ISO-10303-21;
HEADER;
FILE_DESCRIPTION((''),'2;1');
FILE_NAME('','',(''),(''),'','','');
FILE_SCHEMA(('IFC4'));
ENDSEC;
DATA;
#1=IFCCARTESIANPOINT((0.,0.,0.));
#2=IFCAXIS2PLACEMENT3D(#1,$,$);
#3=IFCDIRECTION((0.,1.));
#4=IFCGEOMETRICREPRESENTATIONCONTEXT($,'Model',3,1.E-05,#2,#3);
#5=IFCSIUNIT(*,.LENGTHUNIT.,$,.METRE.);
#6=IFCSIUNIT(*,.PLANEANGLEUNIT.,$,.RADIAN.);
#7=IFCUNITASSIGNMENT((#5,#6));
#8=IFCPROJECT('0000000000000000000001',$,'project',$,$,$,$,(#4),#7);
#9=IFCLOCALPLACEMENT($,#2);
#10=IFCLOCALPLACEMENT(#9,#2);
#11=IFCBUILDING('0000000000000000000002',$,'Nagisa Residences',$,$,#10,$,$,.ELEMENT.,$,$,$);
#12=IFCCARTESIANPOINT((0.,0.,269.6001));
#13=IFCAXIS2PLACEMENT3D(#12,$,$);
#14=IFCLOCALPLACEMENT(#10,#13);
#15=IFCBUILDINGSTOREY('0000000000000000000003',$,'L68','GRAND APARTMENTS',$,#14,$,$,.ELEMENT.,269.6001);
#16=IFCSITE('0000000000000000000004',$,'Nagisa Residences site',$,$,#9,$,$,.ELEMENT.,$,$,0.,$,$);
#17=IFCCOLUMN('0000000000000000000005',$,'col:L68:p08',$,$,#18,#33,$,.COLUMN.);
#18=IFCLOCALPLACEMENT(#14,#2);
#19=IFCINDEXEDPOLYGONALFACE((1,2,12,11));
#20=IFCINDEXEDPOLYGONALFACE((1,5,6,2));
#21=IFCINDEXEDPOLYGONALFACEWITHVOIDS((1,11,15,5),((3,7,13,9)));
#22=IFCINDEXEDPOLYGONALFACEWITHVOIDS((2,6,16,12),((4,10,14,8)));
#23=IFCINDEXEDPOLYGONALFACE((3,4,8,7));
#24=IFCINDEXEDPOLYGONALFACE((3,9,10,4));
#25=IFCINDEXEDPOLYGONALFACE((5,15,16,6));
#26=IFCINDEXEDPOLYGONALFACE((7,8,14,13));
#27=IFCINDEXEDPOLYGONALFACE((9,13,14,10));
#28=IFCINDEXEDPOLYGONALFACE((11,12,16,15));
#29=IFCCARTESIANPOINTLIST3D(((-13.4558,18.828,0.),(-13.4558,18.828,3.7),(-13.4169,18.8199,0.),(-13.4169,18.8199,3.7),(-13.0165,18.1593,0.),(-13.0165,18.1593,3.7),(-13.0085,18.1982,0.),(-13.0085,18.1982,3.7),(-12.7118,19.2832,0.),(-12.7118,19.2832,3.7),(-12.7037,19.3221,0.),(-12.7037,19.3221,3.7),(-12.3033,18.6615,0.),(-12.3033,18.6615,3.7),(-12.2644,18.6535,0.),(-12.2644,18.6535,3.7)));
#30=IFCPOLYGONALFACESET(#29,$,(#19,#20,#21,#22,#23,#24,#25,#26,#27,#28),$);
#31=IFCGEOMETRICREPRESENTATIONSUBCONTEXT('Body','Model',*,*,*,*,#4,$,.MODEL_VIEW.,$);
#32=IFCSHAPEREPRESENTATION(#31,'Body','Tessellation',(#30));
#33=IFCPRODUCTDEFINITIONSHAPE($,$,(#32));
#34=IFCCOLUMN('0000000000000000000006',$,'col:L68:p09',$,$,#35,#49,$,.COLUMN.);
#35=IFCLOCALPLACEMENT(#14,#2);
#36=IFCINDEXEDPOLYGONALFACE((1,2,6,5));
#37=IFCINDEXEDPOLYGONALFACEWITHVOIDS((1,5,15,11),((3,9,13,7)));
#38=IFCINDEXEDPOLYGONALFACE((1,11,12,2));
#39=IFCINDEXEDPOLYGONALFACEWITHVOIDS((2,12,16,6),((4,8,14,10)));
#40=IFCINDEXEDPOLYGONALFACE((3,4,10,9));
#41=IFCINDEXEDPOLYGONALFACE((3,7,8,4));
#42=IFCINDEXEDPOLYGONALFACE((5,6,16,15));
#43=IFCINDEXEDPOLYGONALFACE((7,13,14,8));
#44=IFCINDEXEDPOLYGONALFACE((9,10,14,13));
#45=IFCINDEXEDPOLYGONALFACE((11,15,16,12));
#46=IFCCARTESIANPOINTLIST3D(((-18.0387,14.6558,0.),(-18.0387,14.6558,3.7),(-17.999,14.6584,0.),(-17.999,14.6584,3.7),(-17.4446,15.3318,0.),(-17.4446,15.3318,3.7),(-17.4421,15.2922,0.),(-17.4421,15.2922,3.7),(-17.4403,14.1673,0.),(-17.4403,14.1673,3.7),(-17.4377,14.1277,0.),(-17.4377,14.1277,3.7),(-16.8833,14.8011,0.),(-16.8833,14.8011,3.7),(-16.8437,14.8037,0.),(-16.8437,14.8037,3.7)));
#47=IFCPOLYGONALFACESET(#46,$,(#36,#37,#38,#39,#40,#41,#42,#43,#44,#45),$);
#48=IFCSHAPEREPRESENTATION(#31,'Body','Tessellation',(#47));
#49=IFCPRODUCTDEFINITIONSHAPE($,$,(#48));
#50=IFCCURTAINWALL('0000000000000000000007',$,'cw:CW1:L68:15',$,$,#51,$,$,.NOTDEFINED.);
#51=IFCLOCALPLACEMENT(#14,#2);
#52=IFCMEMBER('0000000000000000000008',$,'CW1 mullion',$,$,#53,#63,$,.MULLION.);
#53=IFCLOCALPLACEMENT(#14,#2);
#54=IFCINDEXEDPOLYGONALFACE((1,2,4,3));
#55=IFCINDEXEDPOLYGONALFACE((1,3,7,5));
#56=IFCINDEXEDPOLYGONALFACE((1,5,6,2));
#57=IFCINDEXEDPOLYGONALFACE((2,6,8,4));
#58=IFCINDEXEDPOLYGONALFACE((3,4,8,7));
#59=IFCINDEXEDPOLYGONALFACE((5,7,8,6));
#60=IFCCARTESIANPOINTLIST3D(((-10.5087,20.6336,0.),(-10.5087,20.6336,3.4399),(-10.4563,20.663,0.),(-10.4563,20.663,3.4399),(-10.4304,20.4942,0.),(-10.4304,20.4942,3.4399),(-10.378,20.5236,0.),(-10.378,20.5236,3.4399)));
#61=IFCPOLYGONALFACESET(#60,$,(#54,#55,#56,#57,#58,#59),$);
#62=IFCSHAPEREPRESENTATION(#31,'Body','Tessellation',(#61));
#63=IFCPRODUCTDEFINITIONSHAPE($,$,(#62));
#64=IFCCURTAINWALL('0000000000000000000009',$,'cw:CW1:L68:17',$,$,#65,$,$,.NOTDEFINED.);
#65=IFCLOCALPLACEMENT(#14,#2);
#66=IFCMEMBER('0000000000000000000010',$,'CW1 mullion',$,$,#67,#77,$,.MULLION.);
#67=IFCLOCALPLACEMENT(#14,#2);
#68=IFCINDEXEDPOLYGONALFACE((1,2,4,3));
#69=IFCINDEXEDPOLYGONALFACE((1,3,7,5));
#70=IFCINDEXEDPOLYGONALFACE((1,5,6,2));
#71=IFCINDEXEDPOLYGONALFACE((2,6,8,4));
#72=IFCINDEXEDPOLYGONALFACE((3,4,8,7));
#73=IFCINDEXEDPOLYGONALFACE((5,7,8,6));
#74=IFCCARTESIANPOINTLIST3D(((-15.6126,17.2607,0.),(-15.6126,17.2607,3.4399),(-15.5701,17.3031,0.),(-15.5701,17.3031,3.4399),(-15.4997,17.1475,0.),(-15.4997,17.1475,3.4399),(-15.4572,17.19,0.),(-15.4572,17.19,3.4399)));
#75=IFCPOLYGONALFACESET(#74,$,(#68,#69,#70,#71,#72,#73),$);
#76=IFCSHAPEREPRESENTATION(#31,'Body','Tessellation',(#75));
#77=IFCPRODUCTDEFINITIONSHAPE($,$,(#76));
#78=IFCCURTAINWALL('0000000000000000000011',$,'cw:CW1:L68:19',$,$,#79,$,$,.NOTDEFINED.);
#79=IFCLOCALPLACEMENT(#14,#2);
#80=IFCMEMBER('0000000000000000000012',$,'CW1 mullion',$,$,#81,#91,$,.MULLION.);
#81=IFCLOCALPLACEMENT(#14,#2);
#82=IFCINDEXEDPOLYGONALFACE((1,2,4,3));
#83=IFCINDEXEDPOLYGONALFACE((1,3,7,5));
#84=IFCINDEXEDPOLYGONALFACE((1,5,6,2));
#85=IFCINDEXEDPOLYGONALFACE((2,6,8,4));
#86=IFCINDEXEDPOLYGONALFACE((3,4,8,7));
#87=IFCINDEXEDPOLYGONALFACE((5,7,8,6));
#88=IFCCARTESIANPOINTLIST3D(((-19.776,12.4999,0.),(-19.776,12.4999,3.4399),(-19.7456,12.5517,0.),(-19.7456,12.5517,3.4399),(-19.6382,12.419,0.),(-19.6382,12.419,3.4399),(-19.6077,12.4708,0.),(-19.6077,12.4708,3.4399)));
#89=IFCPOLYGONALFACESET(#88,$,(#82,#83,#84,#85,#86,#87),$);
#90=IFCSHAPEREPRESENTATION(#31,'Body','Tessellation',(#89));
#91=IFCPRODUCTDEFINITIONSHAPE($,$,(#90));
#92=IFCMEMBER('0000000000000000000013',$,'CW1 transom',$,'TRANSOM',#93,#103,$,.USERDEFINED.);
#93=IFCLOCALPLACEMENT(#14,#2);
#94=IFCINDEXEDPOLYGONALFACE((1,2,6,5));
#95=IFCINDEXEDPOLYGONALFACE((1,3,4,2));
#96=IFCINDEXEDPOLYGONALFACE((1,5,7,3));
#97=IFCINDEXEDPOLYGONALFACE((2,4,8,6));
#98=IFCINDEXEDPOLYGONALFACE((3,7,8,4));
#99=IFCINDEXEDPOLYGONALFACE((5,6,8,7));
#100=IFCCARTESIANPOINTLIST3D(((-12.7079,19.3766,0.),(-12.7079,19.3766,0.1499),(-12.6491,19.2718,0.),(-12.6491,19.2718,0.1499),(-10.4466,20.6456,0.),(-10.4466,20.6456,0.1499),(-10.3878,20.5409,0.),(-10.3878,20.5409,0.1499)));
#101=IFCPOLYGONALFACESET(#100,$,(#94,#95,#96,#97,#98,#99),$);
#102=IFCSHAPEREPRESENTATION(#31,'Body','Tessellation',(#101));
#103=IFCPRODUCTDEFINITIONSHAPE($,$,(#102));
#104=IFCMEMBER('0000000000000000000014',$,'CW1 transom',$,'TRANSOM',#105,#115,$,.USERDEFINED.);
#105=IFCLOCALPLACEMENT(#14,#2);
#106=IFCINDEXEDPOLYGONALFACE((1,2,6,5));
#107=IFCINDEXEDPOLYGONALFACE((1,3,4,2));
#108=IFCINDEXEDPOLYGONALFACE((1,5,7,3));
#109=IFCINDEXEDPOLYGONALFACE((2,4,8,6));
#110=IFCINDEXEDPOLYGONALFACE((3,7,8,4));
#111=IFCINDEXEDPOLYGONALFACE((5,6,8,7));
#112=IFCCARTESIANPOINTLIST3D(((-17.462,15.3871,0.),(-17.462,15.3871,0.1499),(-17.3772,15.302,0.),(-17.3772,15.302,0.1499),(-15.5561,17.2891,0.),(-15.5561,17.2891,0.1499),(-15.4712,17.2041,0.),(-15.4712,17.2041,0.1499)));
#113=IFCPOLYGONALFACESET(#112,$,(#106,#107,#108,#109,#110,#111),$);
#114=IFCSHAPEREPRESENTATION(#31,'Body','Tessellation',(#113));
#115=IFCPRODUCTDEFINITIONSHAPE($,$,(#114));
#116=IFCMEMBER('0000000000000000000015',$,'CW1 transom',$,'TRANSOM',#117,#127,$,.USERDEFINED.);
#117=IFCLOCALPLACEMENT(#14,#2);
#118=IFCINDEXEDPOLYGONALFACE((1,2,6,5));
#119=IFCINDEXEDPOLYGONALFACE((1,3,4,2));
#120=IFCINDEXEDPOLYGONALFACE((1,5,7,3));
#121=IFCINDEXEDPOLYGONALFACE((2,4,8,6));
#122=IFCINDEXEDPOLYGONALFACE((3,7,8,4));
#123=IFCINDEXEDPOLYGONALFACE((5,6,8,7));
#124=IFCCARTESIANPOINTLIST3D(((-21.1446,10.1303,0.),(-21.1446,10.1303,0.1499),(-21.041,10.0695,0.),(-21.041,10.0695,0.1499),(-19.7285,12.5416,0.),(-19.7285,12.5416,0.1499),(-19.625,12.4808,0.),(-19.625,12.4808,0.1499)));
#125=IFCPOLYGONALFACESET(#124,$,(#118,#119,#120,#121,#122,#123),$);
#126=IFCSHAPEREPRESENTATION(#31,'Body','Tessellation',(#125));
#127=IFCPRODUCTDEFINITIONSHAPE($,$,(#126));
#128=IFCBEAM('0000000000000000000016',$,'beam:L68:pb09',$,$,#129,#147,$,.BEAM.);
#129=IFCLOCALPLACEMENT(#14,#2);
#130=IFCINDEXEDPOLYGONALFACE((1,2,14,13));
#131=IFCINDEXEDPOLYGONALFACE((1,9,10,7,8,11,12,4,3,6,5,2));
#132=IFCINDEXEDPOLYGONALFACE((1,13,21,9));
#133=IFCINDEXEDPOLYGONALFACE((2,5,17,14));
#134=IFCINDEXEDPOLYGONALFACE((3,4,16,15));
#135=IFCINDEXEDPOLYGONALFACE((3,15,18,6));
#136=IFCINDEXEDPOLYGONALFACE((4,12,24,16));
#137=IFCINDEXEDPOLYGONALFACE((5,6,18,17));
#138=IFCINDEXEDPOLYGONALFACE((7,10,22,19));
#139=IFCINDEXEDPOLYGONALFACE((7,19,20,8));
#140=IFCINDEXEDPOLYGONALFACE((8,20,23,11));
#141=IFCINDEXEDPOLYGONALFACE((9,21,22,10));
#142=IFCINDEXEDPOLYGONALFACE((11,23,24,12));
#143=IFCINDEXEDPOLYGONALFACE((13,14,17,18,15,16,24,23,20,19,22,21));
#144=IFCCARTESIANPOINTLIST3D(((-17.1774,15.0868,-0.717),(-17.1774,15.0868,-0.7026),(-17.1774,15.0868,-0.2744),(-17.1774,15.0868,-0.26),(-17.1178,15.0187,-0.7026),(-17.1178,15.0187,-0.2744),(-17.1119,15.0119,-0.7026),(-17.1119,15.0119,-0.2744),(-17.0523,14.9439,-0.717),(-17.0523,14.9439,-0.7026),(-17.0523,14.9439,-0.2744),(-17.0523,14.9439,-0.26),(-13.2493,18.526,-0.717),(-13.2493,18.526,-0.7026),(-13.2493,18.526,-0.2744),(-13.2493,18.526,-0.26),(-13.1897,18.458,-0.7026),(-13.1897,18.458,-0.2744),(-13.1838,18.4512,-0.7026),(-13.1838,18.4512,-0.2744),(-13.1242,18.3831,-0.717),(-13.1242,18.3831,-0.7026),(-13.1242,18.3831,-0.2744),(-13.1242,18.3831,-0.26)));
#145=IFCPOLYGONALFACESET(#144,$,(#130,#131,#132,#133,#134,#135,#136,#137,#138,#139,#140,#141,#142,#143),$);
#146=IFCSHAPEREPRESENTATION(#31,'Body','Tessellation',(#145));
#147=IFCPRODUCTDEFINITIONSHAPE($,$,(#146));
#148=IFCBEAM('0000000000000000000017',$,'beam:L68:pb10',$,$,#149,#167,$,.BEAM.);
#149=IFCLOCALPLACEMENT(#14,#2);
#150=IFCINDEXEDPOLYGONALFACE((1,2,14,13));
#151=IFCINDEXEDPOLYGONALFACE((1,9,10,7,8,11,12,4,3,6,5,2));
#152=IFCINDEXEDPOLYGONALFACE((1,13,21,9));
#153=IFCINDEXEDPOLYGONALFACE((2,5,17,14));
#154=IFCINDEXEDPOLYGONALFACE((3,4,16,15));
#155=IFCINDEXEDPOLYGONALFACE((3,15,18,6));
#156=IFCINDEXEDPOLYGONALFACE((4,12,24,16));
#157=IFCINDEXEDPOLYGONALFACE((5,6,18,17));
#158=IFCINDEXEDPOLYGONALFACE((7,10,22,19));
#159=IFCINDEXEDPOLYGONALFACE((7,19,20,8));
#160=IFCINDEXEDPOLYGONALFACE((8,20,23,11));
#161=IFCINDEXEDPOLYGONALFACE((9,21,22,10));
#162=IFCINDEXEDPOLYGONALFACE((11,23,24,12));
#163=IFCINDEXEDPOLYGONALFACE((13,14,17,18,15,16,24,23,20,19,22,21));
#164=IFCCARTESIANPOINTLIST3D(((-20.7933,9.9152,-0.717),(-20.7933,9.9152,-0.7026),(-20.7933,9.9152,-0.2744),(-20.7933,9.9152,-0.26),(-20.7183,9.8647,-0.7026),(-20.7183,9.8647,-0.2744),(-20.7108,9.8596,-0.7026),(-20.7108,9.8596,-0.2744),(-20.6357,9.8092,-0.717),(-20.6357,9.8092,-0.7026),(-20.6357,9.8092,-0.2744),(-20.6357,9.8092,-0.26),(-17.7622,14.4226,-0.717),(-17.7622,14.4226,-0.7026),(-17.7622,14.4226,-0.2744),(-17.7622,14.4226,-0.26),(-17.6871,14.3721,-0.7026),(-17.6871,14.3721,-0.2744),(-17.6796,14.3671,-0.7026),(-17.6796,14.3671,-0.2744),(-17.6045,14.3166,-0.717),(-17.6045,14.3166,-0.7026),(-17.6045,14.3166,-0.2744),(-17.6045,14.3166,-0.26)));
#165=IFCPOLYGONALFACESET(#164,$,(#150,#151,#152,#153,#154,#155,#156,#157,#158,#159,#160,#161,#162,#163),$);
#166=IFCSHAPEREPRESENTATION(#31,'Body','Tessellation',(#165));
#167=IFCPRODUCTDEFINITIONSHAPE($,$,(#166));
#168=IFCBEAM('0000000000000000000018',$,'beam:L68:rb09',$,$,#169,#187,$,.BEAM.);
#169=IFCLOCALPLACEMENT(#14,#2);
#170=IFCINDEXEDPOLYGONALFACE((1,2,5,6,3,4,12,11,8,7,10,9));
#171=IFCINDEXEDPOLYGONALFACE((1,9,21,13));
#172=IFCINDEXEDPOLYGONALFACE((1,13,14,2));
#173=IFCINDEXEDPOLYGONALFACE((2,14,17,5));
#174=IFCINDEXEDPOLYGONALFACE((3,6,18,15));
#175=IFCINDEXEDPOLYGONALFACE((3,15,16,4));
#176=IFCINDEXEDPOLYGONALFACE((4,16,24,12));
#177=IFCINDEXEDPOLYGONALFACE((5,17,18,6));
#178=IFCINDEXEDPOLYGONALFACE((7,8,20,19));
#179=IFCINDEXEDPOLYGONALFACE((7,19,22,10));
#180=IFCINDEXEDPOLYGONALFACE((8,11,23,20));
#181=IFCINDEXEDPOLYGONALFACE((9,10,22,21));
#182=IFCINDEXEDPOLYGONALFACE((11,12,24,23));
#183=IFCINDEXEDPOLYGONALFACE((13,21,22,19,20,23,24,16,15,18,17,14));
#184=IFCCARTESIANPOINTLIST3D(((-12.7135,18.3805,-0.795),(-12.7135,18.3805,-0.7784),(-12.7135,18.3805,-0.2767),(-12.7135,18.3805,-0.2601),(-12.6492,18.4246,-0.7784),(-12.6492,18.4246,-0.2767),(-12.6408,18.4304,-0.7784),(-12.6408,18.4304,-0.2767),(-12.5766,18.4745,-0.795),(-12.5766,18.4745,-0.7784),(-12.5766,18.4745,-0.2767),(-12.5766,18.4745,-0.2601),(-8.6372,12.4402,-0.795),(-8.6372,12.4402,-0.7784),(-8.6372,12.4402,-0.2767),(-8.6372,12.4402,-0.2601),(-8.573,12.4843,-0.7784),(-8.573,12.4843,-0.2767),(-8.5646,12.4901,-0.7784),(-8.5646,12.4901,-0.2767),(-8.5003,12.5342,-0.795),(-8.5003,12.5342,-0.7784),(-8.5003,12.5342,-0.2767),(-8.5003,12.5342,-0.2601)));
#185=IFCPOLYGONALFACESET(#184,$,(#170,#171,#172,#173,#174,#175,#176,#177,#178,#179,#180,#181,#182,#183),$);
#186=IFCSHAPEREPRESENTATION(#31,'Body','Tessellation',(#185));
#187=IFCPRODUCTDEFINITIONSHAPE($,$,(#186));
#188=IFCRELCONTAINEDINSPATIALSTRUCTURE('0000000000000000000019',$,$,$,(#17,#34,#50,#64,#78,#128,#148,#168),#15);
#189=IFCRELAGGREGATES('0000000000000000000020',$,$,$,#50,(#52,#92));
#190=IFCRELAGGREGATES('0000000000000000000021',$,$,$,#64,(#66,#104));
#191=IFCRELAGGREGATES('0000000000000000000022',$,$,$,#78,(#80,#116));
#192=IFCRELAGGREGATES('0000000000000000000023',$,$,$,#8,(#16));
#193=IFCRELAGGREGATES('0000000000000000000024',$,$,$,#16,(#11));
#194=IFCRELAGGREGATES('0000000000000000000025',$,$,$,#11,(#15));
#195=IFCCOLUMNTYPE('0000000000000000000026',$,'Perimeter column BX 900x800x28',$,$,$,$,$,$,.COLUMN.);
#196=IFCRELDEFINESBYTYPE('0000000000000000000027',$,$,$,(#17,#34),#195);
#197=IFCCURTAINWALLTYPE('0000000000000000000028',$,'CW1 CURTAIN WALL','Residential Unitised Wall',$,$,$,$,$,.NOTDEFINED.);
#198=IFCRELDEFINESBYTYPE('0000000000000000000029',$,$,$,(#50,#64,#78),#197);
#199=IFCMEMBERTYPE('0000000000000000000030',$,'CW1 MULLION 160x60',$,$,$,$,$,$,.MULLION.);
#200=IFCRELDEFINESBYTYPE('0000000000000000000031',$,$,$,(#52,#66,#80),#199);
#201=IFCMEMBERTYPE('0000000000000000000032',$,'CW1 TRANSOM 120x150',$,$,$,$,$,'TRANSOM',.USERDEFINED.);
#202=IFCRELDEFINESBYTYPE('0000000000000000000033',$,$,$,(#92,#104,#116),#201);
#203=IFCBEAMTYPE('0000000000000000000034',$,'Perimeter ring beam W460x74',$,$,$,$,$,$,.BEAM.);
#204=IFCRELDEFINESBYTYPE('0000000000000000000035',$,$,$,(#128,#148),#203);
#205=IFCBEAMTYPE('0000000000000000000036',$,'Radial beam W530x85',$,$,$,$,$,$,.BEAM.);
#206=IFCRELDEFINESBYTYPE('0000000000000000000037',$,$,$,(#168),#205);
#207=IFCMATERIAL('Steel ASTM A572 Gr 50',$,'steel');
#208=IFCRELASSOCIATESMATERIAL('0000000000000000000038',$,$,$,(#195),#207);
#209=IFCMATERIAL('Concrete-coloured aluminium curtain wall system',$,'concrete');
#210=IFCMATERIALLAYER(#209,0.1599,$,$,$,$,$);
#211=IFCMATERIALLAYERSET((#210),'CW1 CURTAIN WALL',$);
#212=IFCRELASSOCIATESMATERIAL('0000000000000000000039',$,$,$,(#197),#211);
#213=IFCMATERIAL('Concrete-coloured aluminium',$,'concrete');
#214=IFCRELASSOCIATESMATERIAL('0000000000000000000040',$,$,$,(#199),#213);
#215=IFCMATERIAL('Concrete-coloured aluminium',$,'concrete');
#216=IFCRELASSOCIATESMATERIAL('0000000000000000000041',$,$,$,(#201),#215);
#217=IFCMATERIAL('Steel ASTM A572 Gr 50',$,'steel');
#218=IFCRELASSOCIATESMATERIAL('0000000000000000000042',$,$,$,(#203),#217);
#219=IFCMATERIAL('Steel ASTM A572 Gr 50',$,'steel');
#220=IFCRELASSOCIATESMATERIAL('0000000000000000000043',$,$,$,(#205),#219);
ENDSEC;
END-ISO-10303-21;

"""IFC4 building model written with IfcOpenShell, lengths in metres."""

from ifc_helpers import new_model, si_unit, direction, frame, origin, origin_2d, place, context, subcontext, project, spatial, rectangle, hollow_rectangle, i_section, extrude, material, layer, layer_set, material_profile, profile_set, type_object, element, aggregate, save


model = new_model("IFC4")

# Units and contexts
model_context = context("Model", 3, precision=1e-05, world=origin(), true_north=direction((0.0, 1.0)))
body_context = subcontext(model_context, "Body", "Model", "MODEL_VIEW")
ifc_project = project(units=[si_unit("LENGTHUNIT", "METRE"), si_unit("PLANEANGLEUNIT", "RADIAN")], contexts=[model_context])

# Site, building, storey
site_placement = place(None, origin())
site = spatial("IfcSite", under=ifc_project, at=site_placement, Name="Nagisa Residences site", CompositionType="ELEMENT", RefElevation=0.0)
building_placement = place(site_placement, origin())
building = spatial("IfcBuilding", under=site, at=building_placement, Name="Nagisa Residences", CompositionType="ELEMENT")
storey_placement = place(building_placement, frame((0.0, 0.0, 269.6001)))
storey = spatial("IfcBuildingStorey", under=building, at=storey_placement, Name="L68", Description="GRAND APARTMENTS", CompositionType="ELEMENT", Elevation=269.6001)

# Columns
ifc_material_1 = material(Name="Steel ASTM A572 Gr 50", Category="steel")
ifc_material_profile_1 = material_profile(ifc_material_1, hollow_rectangle(XDim=0.8999, YDim=0.8, WallThickness=0.0281, at=origin_2d()), Name="BX 900x800x28")
ifc_profile_set_1 = profile_set([ifc_material_profile_1], Name="Steel ASTM A572 Gr 50")
column_type = type_object("IfcColumnType", Name="Perimeter column BX 900x800x28", PredefinedType="COLUMN", material=ifc_profile_set_1)
for number, where, z_axis, x_axis, name in (
    (1, (-12.8601, 18.7407, 0.0), (0.0, 0.0, 1.0), (-0.835766, -0.549086, 0.0), "col:L68:p08"),
    (2, (-17.4412, 14.7297, 0.0), (0.0, 0.0, 1.0), (-0.660115, -0.751165, 0.0), "col:L68:p09"),
):
    element("IfcColumn", number, at=place(storey_placement, frame(where, z_axis=z_axis, x_axis=x_axis)), inside=storey, type_object=column_type, Name=name, PredefinedType="COLUMN", context=body_context, shape_type="SweptSolid", body=[
        extrude(hollow_rectangle(XDim=0.8999, YDim=0.8, WallThickness=0.0281, at=origin_2d()), origin(), (0.0, 0.0, 1.0), 3.7),
    ])

# Curtain walls, members
ifc_material_2 = material(Name="Concrete-coloured aluminium curtain wall system", Category="concrete")
ifc_layer_1 = layer(ifc_material_2, 0.1599)
ifc_layer_set_1 = layer_set([ifc_layer_1], Name="CW1 CURTAIN WALL")
curtain_wall_type = type_object("IfcCurtainWallType", Name="CW1 CURTAIN WALL", Description="Residential Unitised Wall", PredefinedType="NOTDEFINED", material=ifc_layer_set_1)
curtain_wall_1_placement = place(storey_placement, origin())
curtain_wall_1 = element("IfcCurtainWall", 3, at=curtain_wall_1_placement, inside=storey, type_object=curtain_wall_type, Name="cw:CW1:L68:15", PredefinedType="NOTDEFINED")
ifc_material_3 = material(Name="Concrete-coloured aluminium", Category="concrete")
ifc_material_profile_2 = material_profile(ifc_material_3, rectangle(XDim=0.1599, YDim=0.0601, at=origin_2d()), Name="CW1 MULLION 160x60")
ifc_profile_set_2 = profile_set([ifc_material_profile_2], Name="Concrete-coloured aluminium")
member_type_1 = type_object("IfcMemberType", Name="CW1 MULLION 160x60", PredefinedType="MULLION", material=ifc_profile_set_2)
member_1_placement = place(storey_placement, frame((-10.4434, 20.5786, 0.0), z_axis=(0.0, 0.0, 1.0), x_axis=(0.489377, -0.872072, 0.0)))
member_1 = element("IfcMember", 4, at=member_1_placement, type_object=member_type_1, Name="CW1 mullion", PredefinedType="MULLION", context=body_context, shape_type="SweptSolid", body=[
    extrude(rectangle(XDim=0.1599, YDim=0.0601, at=origin_2d()), origin(), (0.0, 0.0, 1.0), 3.4399),
])
curtain_wall_2_placement = place(storey_placement, origin())
curtain_wall_2 = element("IfcCurtainWall", 5, at=curtain_wall_2_placement, inside=storey, type_object=curtain_wall_type, Name="cw:CW1:L68:17", PredefinedType="NOTDEFINED")
member_2_placement = place(storey_placement, frame((-15.5349, 17.2253, 0.0), z_axis=(0.0, 0.0, 1.0), x_axis=(0.706377, -0.707836, 0.0)))
member_2 = element("IfcMember", 6, at=member_2_placement, type_object=member_type_1, Name="CW1 mullion", PredefinedType="MULLION", context=body_context, shape_type="SweptSolid", body=[
    extrude(rectangle(XDim=0.1599, YDim=0.0601, at=origin_2d()), origin(), (0.0, 0.0, 1.0), 3.4399),
])
curtain_wall_3_placement = place(storey_placement, origin())
curtain_wall_3 = element("IfcCurtainWall", 7, at=curtain_wall_3_placement, inside=storey, type_object=curtain_wall_type, Name="cw:CW1:L68:19", PredefinedType="NOTDEFINED")
member_3_placement = place(storey_placement, frame((-19.6919, 12.4854, 0.0), z_axis=(0.0, 0.0, 1.0), x_axis=(0.862329, -0.506349, 0.0)))
member_3 = element("IfcMember", 8, at=member_3_placement, type_object=member_type_1, Name="CW1 mullion", PredefinedType="MULLION", context=body_context, shape_type="SweptSolid", body=[
    extrude(rectangle(XDim=0.1599, YDim=0.0601, at=origin_2d()), origin(), (0.0, 0.0, 1.0), 3.4399),
])

# Members
ifc_material_4 = material(Name="Concrete-coloured aluminium", Category="concrete")
ifc_material_profile_3 = material_profile(ifc_material_4, rectangle(XDim=0.1201, YDim=0.1499, at=origin_2d()), Name="CW1 TRANSOM 120x150")
ifc_profile_set_3 = profile_set([ifc_material_profile_3], Name="Concrete-coloured aluminium")
member_type_2 = type_object("IfcMemberType", Name="CW1 TRANSOM 120x150", ElementType="TRANSOM", PredefinedType="USERDEFINED", material=ifc_profile_set_3)
member_4_placement = place(storey_placement, frame((-10.4172, 20.5933, 0.075), z_axis=(-0.872053, -0.489412, 0.0), x_axis=(0.489412, -0.872053, 0.0)))
member_4 = element("IfcMember", 9, at=member_4_placement, type_object=member_type_2, Name="CW1 transom", ObjectType="TRANSOM", PredefinedType="USERDEFINED", context=body_context, shape_type="SweptSolid", body=[
    extrude(rectangle(XDim=0.1201, YDim=0.1499, at=origin_2d()), origin(), (0.0, 0.0, 1.0), 2.593),
])
member_5_placement = place(storey_placement, frame((-15.5137, 17.2466, 0.075), z_axis=(-0.707832, -0.706381, 0.0), x_axis=(0.706381, -0.707832, 0.0)))
member_5 = element("IfcMember", 10, at=member_5_placement, type_object=member_type_2, Name="CW1 transom", ObjectType="TRANSOM", PredefinedType="USERDEFINED", context=body_context, shape_type="SweptSolid", body=[
    extrude(rectangle(XDim=0.1201, YDim=0.1499, at=origin_2d()), origin(), (0.0, 0.0, 1.0), 2.6926),
])
member_6_placement = place(storey_placement, frame((-19.6768, 12.5112, 0.075), z_axis=(-0.506371, -0.862316, 0.0), x_axis=(0.862316, -0.506371, 0.0)))
member_6 = element("IfcMember", 11, at=member_6_placement, type_object=member_type_2, Name="CW1 transom", ObjectType="TRANSOM", PredefinedType="USERDEFINED", context=body_context, shape_type="SweptSolid", body=[
    extrude(rectangle(XDim=0.1201, YDim=0.1499, at=origin_2d()), origin(), (0.0, 0.0, 1.0), 2.7964),
])

# Beams
ifc_material_5 = material(Name="Steel ASTM A572 Gr 50", Category="steel")
ifc_material_profile_4 = material_profile(ifc_material_5, i_section(OverallWidth=0.1899, OverallDepth=0.457, WebThickness=0.009, FlangeThickness=0.0144, at=origin_2d()), Name="W460x74")
ifc_profile_set_4 = profile_set([ifc_material_profile_4], Name="Steel ASTM A572 Gr 50")
beam_type_1 = type_object("IfcBeamType", Name="Perimeter ring beam W460x74", PredefinedType="BEAM", material=ifc_profile_set_4)
beam_1_placement = place(storey_placement, frame((-13.1868, 18.4546, -0.4885), z_axis=(-0.752365, -0.658746, 0.0), x_axis=(0.658746, -0.752365, 0.0)))
element("IfcBeam", 12, at=beam_1_placement, inside=storey, type_object=beam_type_1, Name="beam:L68:pb09", PredefinedType="BEAM", context=body_context, shape_type="SweptSolid", body=[
    extrude(i_section(OverallWidth=0.1899, OverallDepth=0.457, WebThickness=0.009, FlangeThickness=0.0144, at=origin_2d()), origin(), (0.0, 0.0, 1.0), 5.2209),
])
beam_2_placement = place(storey_placement, frame((-17.6833, 14.3696, -0.4885), z_axis=(-0.558035, -0.829817, 0.0), x_axis=(0.829817, -0.558035, 0.0)))
element("IfcBeam", 13, at=beam_2_placement, inside=storey, type_object=beam_type_1, Name="beam:L68:pb10", PredefinedType="BEAM", context=body_context, shape_type="SweptSolid", body=[
    extrude(i_section(OverallWidth=0.1899, OverallDepth=0.457, WebThickness=0.009, FlangeThickness=0.0144, at=origin_2d()), origin(), (0.0, 0.0, 1.0), 5.4319),
])
ifc_material_6 = material(Name="Steel ASTM A572 Gr 50", Category="steel")
ifc_material_profile_5 = material_profile(ifc_material_6, i_section(OverallWidth=0.166, OverallDepth=0.5349, WebThickness=0.0103, FlangeThickness=0.0166, at=origin_2d()), Name="W530x85")
ifc_profile_set_5 = profile_set([ifc_material_profile_5], Name="Steel ASTM A572 Gr 50")
beam_type_2 = type_object("IfcBeamType", Name="Radial beam W530x85", PredefinedType="BEAM", material=ifc_profile_set_5)
beam_3_placement = place(storey_placement, frame((-12.645, 18.4275, -0.5276), z_axis=(0.565802, -0.824541, 0.0), x_axis=(0.824541, 0.565802, 0.0)))
element("IfcBeam", 14, at=beam_3_placement, inside=storey, type_object=beam_type_2, Name="beam:L68:rb09", PredefinedType="BEAM", context=body_context, shape_type="SweptSolid", body=[
    extrude(i_section(OverallWidth=0.166, OverallDepth=0.5349, WebThickness=0.0103, FlangeThickness=0.0166, at=origin_2d()), origin(), (0.0, 0.0, 1.0), 7.2043),
])

aggregate(curtain_wall_1, [member_1, member_4])
aggregate(curtain_wall_2, [member_2, member_5])
aggregate(curtain_wall_3, [member_3, member_6])

save(model, "model.ifc")
